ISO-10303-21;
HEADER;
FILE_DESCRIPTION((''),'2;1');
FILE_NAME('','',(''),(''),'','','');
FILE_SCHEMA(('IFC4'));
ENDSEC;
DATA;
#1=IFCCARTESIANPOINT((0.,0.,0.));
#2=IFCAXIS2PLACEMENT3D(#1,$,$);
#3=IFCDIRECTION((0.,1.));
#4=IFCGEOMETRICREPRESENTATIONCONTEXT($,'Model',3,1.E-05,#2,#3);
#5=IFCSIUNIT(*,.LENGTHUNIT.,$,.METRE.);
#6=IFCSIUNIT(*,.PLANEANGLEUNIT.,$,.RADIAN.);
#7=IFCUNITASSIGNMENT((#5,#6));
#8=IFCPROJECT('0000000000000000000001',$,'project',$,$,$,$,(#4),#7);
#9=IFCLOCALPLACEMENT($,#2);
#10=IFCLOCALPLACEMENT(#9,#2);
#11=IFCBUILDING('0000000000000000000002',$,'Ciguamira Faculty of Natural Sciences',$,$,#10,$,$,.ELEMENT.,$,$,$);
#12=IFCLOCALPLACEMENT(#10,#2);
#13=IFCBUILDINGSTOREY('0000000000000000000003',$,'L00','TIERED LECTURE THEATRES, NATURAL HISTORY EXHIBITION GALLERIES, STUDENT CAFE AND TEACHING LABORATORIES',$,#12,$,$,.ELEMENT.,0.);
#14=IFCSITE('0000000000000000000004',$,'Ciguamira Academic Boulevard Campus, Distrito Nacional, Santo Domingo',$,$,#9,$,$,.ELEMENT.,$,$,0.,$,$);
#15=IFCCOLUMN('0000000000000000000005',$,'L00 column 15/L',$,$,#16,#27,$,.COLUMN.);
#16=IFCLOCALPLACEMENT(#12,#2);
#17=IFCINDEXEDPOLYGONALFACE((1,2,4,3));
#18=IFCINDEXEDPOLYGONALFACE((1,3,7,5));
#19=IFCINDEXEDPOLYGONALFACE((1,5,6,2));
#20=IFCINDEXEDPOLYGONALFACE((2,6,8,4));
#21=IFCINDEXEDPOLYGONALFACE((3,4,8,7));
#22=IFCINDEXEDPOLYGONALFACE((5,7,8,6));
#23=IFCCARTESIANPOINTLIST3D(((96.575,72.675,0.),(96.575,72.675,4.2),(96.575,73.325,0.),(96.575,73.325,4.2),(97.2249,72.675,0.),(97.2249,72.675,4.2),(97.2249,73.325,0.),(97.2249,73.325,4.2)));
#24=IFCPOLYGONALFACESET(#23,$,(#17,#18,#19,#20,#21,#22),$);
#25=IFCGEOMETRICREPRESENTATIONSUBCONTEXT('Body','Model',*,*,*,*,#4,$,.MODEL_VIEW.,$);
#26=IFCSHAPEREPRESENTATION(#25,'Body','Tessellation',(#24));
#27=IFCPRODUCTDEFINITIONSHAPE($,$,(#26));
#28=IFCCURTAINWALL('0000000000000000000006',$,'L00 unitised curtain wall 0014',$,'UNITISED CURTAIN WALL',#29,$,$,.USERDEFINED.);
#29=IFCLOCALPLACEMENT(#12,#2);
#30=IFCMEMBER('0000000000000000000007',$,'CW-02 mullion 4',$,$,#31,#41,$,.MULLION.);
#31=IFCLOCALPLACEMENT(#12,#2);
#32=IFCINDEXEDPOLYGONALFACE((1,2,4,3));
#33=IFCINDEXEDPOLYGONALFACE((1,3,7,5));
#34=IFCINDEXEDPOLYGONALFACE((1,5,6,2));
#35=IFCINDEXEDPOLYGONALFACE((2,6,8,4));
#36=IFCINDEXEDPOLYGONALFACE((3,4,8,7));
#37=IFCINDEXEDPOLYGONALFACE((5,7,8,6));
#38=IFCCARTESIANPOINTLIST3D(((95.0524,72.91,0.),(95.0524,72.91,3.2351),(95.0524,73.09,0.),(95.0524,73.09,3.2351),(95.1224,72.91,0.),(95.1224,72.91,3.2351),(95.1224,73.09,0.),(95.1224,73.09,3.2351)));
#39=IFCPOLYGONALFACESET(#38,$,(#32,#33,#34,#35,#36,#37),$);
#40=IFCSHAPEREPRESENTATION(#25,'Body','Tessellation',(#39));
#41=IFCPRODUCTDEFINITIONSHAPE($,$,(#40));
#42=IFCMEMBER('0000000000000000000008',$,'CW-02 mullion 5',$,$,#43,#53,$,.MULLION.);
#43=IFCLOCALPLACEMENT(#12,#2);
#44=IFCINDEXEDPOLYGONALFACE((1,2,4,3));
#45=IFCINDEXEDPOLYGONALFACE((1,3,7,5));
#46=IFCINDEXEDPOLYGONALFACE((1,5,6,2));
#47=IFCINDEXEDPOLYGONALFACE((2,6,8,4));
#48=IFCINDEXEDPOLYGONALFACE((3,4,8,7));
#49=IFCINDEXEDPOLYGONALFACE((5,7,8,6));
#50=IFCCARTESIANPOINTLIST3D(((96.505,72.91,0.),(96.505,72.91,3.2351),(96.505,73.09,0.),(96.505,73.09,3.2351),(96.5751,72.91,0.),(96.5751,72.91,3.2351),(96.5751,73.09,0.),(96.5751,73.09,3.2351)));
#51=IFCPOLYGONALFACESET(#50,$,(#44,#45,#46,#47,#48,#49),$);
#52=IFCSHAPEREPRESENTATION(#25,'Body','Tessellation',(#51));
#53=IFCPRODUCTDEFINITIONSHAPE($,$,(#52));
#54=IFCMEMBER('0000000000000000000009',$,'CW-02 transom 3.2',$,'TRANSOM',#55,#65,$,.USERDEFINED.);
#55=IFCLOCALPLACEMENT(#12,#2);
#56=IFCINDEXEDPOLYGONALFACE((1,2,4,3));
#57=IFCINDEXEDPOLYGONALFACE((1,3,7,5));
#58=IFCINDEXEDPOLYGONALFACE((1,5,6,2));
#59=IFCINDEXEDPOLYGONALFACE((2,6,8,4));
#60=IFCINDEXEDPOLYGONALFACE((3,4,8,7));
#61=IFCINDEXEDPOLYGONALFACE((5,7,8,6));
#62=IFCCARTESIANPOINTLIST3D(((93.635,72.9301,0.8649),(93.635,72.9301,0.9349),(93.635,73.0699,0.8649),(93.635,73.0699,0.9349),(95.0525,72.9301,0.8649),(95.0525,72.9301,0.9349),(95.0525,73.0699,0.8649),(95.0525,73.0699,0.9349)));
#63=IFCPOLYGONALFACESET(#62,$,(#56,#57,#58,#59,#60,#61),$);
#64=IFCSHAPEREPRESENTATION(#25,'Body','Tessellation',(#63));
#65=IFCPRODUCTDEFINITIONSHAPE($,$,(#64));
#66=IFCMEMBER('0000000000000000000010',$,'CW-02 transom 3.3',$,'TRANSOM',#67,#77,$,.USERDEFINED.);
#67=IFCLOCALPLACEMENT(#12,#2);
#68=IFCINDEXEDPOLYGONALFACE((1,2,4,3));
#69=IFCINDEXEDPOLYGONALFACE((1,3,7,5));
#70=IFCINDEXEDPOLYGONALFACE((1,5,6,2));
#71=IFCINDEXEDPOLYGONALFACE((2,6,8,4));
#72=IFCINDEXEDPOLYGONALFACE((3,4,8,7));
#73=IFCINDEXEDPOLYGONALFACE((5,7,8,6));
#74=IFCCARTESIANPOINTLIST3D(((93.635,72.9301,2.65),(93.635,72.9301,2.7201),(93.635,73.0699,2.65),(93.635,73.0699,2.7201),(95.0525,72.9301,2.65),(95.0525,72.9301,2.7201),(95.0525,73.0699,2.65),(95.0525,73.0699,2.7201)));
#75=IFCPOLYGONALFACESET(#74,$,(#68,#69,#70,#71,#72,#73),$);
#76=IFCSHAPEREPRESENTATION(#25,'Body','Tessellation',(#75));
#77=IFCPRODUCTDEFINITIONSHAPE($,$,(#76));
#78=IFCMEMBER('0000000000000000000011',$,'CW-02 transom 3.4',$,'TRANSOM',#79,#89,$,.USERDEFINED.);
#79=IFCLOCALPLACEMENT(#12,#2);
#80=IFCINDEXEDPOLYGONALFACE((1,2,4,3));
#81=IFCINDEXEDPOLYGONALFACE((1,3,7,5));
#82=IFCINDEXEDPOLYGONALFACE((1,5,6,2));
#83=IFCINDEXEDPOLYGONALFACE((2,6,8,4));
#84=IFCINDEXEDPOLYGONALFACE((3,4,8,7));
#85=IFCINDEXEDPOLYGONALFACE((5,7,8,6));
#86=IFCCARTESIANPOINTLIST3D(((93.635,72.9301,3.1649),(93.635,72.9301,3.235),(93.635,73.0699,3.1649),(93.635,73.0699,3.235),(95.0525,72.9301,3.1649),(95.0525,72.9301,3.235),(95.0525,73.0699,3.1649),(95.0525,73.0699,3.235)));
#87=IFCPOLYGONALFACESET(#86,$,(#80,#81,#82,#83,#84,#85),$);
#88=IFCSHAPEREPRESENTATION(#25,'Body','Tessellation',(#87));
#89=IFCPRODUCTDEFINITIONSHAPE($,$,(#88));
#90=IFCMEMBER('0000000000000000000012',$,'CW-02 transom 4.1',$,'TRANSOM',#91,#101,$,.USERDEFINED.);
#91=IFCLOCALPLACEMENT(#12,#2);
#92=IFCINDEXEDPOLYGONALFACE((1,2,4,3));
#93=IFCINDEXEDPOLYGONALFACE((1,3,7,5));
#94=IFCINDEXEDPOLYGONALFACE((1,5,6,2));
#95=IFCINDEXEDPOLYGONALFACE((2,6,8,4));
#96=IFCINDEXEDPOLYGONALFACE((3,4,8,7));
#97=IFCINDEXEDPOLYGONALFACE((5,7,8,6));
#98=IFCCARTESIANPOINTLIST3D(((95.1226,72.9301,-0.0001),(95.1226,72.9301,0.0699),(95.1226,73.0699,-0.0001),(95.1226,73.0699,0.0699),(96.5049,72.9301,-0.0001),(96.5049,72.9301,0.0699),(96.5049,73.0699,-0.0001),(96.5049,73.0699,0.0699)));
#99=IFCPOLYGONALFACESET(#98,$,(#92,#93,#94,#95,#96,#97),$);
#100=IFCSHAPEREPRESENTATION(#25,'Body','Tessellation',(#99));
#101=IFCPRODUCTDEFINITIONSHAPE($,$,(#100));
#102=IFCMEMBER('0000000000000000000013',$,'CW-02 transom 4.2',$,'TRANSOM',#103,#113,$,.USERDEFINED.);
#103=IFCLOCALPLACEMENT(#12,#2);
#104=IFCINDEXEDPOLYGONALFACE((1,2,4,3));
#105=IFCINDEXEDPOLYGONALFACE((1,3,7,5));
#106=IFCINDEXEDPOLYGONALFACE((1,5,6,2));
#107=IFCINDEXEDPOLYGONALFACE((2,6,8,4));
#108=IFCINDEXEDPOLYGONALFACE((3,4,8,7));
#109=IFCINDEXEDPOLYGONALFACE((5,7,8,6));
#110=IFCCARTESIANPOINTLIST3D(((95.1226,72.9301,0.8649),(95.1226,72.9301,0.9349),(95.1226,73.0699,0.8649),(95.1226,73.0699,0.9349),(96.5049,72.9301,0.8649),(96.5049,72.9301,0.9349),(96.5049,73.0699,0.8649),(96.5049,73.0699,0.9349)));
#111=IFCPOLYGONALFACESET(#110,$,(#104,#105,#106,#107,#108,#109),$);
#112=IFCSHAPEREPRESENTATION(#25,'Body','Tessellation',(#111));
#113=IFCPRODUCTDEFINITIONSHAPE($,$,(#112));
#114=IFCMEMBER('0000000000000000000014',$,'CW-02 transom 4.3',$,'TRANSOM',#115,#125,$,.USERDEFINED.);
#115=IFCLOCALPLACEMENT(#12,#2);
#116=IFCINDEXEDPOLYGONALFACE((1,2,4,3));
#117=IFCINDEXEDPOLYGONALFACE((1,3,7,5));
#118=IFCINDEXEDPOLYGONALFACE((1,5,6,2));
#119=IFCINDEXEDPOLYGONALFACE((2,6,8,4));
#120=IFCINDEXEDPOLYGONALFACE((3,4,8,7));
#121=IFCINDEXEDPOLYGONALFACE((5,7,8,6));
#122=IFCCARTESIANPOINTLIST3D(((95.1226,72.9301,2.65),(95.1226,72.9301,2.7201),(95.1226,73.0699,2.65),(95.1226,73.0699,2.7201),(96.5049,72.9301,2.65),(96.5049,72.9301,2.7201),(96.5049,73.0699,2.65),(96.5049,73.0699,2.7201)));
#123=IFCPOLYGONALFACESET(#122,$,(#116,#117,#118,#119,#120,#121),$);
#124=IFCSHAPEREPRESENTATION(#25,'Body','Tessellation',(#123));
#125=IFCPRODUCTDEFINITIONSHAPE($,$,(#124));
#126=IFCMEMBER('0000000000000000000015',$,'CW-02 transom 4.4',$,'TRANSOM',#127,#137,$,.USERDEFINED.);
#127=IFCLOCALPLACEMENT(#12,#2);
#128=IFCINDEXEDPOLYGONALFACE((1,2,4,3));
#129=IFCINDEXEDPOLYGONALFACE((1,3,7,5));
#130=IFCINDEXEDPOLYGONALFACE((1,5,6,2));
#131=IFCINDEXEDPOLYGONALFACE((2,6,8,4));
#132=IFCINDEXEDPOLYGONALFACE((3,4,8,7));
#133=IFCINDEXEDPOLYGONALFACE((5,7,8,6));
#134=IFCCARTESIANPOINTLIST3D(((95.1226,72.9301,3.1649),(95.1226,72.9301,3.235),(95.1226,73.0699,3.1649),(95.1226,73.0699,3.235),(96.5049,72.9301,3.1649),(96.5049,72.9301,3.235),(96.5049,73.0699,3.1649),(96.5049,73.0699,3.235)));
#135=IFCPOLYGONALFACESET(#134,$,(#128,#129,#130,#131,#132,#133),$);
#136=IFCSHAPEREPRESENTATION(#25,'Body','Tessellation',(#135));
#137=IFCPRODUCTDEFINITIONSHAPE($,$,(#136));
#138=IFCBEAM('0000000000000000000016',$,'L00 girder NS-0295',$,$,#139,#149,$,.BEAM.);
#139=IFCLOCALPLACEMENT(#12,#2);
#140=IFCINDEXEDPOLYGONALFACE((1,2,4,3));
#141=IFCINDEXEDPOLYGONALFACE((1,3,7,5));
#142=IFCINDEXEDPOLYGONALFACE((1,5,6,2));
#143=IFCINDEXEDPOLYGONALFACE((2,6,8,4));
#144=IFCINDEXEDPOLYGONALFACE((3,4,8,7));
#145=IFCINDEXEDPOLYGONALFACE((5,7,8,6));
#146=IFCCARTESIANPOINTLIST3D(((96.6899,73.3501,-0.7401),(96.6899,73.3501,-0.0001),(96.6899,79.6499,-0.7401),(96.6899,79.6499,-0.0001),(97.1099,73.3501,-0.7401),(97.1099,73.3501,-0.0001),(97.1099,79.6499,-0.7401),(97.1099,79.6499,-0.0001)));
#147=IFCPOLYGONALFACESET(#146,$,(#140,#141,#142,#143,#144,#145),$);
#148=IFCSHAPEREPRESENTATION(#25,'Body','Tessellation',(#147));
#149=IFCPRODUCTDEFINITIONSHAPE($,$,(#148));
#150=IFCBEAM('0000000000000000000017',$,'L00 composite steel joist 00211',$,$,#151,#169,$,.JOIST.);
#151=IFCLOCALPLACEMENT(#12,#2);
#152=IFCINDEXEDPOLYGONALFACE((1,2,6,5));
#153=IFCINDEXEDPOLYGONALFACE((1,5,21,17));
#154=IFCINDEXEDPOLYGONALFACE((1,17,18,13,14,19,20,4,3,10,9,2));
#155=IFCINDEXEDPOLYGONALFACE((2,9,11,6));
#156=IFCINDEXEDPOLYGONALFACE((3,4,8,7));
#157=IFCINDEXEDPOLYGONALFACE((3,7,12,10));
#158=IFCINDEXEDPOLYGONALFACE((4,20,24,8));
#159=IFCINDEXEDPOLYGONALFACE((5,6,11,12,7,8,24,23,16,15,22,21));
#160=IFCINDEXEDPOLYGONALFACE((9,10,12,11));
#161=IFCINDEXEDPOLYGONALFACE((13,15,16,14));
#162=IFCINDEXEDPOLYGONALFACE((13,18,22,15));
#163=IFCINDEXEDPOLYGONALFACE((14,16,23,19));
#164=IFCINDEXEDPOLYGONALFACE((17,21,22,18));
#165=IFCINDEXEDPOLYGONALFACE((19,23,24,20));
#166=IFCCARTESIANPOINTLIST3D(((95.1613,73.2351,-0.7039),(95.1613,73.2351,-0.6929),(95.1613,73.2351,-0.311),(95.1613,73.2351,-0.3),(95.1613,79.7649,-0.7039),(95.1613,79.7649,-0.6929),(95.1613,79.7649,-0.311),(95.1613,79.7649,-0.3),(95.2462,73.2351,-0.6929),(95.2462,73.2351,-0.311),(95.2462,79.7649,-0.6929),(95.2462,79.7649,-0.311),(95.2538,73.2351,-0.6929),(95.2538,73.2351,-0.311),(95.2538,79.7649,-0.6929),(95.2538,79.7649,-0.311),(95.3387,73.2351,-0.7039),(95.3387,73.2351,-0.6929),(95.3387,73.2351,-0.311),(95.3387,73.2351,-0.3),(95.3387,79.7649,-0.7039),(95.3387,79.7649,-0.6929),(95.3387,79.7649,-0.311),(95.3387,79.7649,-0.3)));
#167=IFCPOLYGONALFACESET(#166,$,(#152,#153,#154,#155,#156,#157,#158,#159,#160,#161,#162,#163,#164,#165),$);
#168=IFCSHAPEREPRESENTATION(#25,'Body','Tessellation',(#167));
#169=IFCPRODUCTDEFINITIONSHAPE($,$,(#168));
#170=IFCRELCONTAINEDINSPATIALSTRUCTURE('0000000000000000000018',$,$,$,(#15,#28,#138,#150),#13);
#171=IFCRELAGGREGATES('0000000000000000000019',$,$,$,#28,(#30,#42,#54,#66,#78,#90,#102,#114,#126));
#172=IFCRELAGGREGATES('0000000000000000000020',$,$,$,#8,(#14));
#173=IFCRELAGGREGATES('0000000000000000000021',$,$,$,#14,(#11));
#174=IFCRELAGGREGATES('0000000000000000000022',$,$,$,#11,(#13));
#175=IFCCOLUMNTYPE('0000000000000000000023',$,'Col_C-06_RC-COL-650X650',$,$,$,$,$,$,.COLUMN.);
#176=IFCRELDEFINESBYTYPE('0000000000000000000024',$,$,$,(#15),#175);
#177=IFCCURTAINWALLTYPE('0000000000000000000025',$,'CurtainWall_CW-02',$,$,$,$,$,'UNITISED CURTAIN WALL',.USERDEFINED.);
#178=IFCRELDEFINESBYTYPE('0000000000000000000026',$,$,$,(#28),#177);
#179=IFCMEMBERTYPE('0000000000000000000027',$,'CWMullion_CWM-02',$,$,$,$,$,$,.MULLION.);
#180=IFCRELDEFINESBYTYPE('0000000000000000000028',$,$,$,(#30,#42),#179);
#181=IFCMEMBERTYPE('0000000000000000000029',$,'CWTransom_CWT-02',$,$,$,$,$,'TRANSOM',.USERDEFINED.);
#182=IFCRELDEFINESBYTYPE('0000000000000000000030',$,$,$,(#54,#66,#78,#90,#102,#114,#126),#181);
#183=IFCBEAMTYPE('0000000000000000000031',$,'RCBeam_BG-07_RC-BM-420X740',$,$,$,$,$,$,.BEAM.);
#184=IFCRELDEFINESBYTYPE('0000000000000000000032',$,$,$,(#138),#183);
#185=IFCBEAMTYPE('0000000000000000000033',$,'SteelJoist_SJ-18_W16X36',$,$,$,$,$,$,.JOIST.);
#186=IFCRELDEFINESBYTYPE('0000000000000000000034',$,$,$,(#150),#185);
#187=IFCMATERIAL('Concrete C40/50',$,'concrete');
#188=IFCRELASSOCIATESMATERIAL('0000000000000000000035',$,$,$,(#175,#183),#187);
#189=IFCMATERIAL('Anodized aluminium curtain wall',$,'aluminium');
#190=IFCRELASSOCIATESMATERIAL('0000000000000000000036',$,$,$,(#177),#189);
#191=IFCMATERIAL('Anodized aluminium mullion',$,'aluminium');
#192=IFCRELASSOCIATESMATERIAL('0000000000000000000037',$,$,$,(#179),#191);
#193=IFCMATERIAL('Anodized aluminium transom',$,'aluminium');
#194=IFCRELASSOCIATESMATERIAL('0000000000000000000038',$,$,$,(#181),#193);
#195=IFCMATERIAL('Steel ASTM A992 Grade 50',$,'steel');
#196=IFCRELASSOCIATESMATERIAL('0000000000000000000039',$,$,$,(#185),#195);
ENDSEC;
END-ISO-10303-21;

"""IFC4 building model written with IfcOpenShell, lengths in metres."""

from ifc_helpers import new_model, si_unit, direction, frame, origin, origin_2d, place, context, subcontext, project, spatial, rectangle, i_section, extrude, material, material_profile, profile_set, type_object, element, aggregate, save


model = new_model("IFC4")

# Units and contexts
model_context = context("Model", 3, precision=1e-05, world=origin(), true_north=direction((0.0, 1.0)))
body_context = subcontext(model_context, "Body", "Model", "MODEL_VIEW")
ifc_project = project(units=[si_unit("LENGTHUNIT", "METRE"), si_unit("PLANEANGLEUNIT", "RADIAN")], contexts=[model_context])

# Site, building, storey
site_placement = place(None, origin())
site = spatial("IfcSite", under=ifc_project, at=site_placement, Name="Ciguamira Academic Boulevard Campus, Distrito Nacional, Santo Domingo", CompositionType="ELEMENT", RefElevation=0.0)
building_placement = place(site_placement, origin())
building = spatial("IfcBuilding", under=site, at=building_placement, Name="Ciguamira Faculty of Natural Sciences", CompositionType="ELEMENT")
storey_placement = place(building_placement, origin())
storey = spatial("IfcBuildingStorey", under=building, at=storey_placement, Name="L00", Description="TIERED LECTURE THEATRES, NATURAL HISTORY EXHIBITION GALLERIES, STUDENT CAFE AND TEACHING LABORATORIES", CompositionType="ELEMENT", Elevation=0.0)

# Column
ifc_material_1 = material(Name="Concrete C40/50", Category="concrete")
ifc_material_profile_1 = material_profile(ifc_material_1, rectangle(XDim=0.6499, YDim=0.6499, at=origin_2d()), Name="RC-COL-650X650")
ifc_profile_set_1 = profile_set([ifc_material_profile_1], Name="Concrete C40/50")
column_type = type_object("IfcColumnType", Name="Col_C-06_RC-COL-650X650", PredefinedType="COLUMN", material=ifc_profile_set_1)
column_placement = place(storey_placement, frame((96.8999, 73.0, 0.0), z_axis=(0.0, 0.0, 1.0), x_axis=(1.0, 0.0, 0.0)))
element("IfcColumn", 1, at=column_placement, inside=storey, type_object=column_type, Name="L00 column 15/L", PredefinedType="COLUMN", context=body_context, shape_type="SweptSolid", body=[
    extrude(rectangle(XDim=0.6499, YDim=0.6499, at=origin_2d()), origin(), (0.0, 0.0, 1.0), 4.2),
])

# Curtain wall, members
ifc_material_2 = material(Name="Anodized aluminium curtain wall", Category="aluminium")
curtain_wall_type = type_object("IfcCurtainWallType", Name="CurtainWall_CW-02", ElementType="UNITISED CURTAIN WALL", PredefinedType="USERDEFINED", material=ifc_material_2)
curtain_wall_placement = place(storey_placement, origin())
curtain_wall = element("IfcCurtainWall", 2, at=curtain_wall_placement, inside=storey, type_object=curtain_wall_type, Name="L00 unitised curtain wall 0014", ObjectType="UNITISED CURTAIN WALL", PredefinedType="USERDEFINED")
ifc_material_3 = material(Name="Anodized aluminium mullion", Category="aluminium")
ifc_material_profile_2 = material_profile(ifc_material_3, rectangle(XDim=0.0701, YDim=0.1799, at=origin_2d()), Name="ALU-MUL-70X180")
ifc_profile_set_2 = profile_set([ifc_material_profile_2], Name="Anodized aluminium mullion")
member_type_1 = type_object("IfcMemberType", Name="CWMullion_CWM-02", PredefinedType="MULLION", material=ifc_profile_set_2)
member_1_placement = place(storey_placement, frame((95.0874, 73.0, 0.0), z_axis=(0.0, 0.0, 1.0), x_axis=(1.0, 0.0, 0.0)))
member_1 = element("IfcMember", 3, at=member_1_placement, type_object=member_type_1, Name="CW-02 mullion 4", PredefinedType="MULLION", context=body_context, shape_type="SweptSolid", body=[
    extrude(rectangle(XDim=0.0701, YDim=0.1799, at=origin_2d()), origin(), (0.0, 0.0, 1.0), 3.2351),
])
member_2_placement = place(storey_placement, frame((96.54, 73.0, 0.0), z_axis=(0.0, 0.0, 1.0), x_axis=(1.0, 0.0, 0.0)))
member_2 = element("IfcMember", 4, at=member_2_placement, type_object=member_type_1, Name="CW-02 mullion 5", PredefinedType="MULLION", context=body_context, shape_type="SweptSolid", body=[
    extrude(rectangle(XDim=0.0701, YDim=0.1799, at=origin_2d()), origin(), (0.0, 0.0, 1.0), 3.2351),
])
ifc_material_4 = material(Name="Anodized aluminium transom", Category="aluminium")
ifc_material_profile_3 = material_profile(ifc_material_4, rectangle(XDim=0.0701, YDim=0.1399, at=origin_2d()), Name="ALU-TRN-70X140")
ifc_profile_set_3 = profile_set([ifc_material_profile_3], Name="Anodized aluminium transom")
member_type_2 = type_object("IfcMemberType", Name="CWTransom_CWT-02", ElementType="TRANSOM", PredefinedType="USERDEFINED", material=ifc_profile_set_3)
member_3_placement = place(storey_placement, frame((93.635, 73.0, 0.8999), z_axis=(1.0, 0.0, 0.0), x_axis=(0.0, 0.0, 1.0)))
member_3 = element("IfcMember", 5, at=member_3_placement, type_object=member_type_2, Name="CW-02 transom 3.2", ObjectType="TRANSOM", PredefinedType="USERDEFINED", context=body_context, shape_type="SweptSolid", body=[
    extrude(rectangle(XDim=0.0701, YDim=0.1399, at=origin_2d()), origin(), (0.0, 0.0, 1.0), 1.4175),
])
member_4_placement = place(storey_placement, frame((93.635, 73.0, 2.6851), z_axis=(1.0, 0.0, 0.0), x_axis=(0.0, 0.0, 1.0)))
member_4 = element("IfcMember", 6, at=member_4_placement, type_object=member_type_2, Name="CW-02 transom 3.3", ObjectType="TRANSOM", PredefinedType="USERDEFINED", context=body_context, shape_type="SweptSolid", body=[
    extrude(rectangle(XDim=0.0701, YDim=0.1399, at=origin_2d()), origin(), (0.0, 0.0, 1.0), 1.4175),
])
member_5_placement = place(storey_placement, frame((93.635, 73.0, 3.2), z_axis=(1.0, 0.0, 0.0), x_axis=(0.0, 0.0, 1.0)))
member_5 = element("IfcMember", 7, at=member_5_placement, type_object=member_type_2, Name="CW-02 transom 3.4", ObjectType="TRANSOM", PredefinedType="USERDEFINED", context=body_context, shape_type="SweptSolid", body=[
    extrude(rectangle(XDim=0.0701, YDim=0.1399, at=origin_2d()), origin(), (0.0, 0.0, 1.0), 1.4175),
])
member_6_placement = place(storey_placement, frame((95.1226, 73.0, 0.0349), z_axis=(1.0, 0.0, 0.0), x_axis=(0.0, 0.0, 1.0)))
member_6 = element("IfcMember", 8, at=member_6_placement, type_object=member_type_2, Name="CW-02 transom 4.1", ObjectType="TRANSOM", PredefinedType="USERDEFINED", context=body_context, shape_type="SweptSolid", body=[
    extrude(rectangle(XDim=0.0701, YDim=0.1399, at=origin_2d()), origin(), (0.0, 0.0, 1.0), 1.3823),
])
member_7_placement = place(storey_placement, frame((95.1226, 73.0, 0.8999), z_axis=(1.0, 0.0, 0.0), x_axis=(0.0, 0.0, 1.0)))
member_7 = element("IfcMember", 9, at=member_7_placement, type_object=member_type_2, Name="CW-02 transom 4.2", ObjectType="TRANSOM", PredefinedType="USERDEFINED", context=body_context, shape_type="SweptSolid", body=[
    extrude(rectangle(XDim=0.0701, YDim=0.1399, at=origin_2d()), origin(), (0.0, 0.0, 1.0), 1.3823),
])
member_8_placement = place(storey_placement, frame((95.1226, 73.0, 2.6851), z_axis=(1.0, 0.0, 0.0), x_axis=(0.0, 0.0, 1.0)))
member_8 = element("IfcMember", 10, at=member_8_placement, type_object=member_type_2, Name="CW-02 transom 4.3", ObjectType="TRANSOM", PredefinedType="USERDEFINED", context=body_context, shape_type="SweptSolid", body=[
    extrude(rectangle(XDim=0.0701, YDim=0.1399, at=origin_2d()), origin(), (0.0, 0.0, 1.0), 1.3823),
])
member_9_placement = place(storey_placement, frame((95.1226, 73.0, 3.2), z_axis=(1.0, 0.0, 0.0), x_axis=(0.0, 0.0, 1.0)))
member_9 = element("IfcMember", 11, at=member_9_placement, type_object=member_type_2, Name="CW-02 transom 4.4", ObjectType="TRANSOM", PredefinedType="USERDEFINED", context=body_context, shape_type="SweptSolid", body=[
    extrude(rectangle(XDim=0.0701, YDim=0.1399, at=origin_2d()), origin(), (0.0, 0.0, 1.0), 1.3823),
])

# Beams
ifc_material_profile_4 = material_profile(ifc_material_1, rectangle(XDim=0.4199, YDim=0.74, at=origin_2d()), Name="RC-BM-420X740")
ifc_profile_set_4 = profile_set([ifc_material_profile_4], Name="Concrete C40/50")
beam_type_1 = type_object("IfcBeamType", Name="RCBeam_BG-07_RC-BM-420X740", PredefinedType="BEAM", material=ifc_profile_set_4)
beam_1_placement = place(storey_placement, frame((96.8999, 73.3501, -0.3701), z_axis=(0.0, 1.0, 0.0), x_axis=(-1.0, 0.0, 0.0)))
element("IfcBeam", 12, at=beam_1_placement, inside=storey, type_object=beam_type_1, Name="L00 girder NS-0295", PredefinedType="BEAM", context=body_context, shape_type="SweptSolid", body=[
    extrude(rectangle(XDim=0.4199, YDim=0.74, at=origin_2d()), origin(), (0.0, 0.0, 1.0), 6.2998),
])
ifc_material_5 = material(Name="Steel ASTM A992 Grade 50", Category="steel")
ifc_material_profile_5 = material_profile(ifc_material_5, i_section(OverallWidth=0.1775, OverallDepth=0.4038, WebThickness=0.0076, FlangeThickness=0.011, at=origin_2d()), Name="W16X36")
ifc_profile_set_5 = profile_set([ifc_material_profile_5], Name="Steel ASTM A992 Grade 50")
beam_type_2 = type_object("IfcBeamType", Name="SteelJoist_SJ-18_W16X36", PredefinedType="JOIST", material=ifc_profile_set_5)
beam_2_placement = place(storey_placement, frame((95.25, 73.2351, -0.502), z_axis=(0.0, 1.0, 0.0), x_axis=(-1.0, 0.0, 0.0)))
element("IfcBeam", 13, at=beam_2_placement, inside=storey, type_object=beam_type_2, Name="L00 composite steel joist 00211", PredefinedType="JOIST", context=body_context, shape_type="SweptSolid", body=[
    extrude(i_section(OverallWidth=0.1775, OverallDepth=0.4038, WebThickness=0.0076, FlangeThickness=0.011, at=origin_2d()), origin(), (0.0, 0.0, 1.0), 6.5298),
])

aggregate(curtain_wall, [member_1, member_2, member_3, member_4, member_5, member_6, member_7, member_8, member_9])

save(model, "model.ifc")
